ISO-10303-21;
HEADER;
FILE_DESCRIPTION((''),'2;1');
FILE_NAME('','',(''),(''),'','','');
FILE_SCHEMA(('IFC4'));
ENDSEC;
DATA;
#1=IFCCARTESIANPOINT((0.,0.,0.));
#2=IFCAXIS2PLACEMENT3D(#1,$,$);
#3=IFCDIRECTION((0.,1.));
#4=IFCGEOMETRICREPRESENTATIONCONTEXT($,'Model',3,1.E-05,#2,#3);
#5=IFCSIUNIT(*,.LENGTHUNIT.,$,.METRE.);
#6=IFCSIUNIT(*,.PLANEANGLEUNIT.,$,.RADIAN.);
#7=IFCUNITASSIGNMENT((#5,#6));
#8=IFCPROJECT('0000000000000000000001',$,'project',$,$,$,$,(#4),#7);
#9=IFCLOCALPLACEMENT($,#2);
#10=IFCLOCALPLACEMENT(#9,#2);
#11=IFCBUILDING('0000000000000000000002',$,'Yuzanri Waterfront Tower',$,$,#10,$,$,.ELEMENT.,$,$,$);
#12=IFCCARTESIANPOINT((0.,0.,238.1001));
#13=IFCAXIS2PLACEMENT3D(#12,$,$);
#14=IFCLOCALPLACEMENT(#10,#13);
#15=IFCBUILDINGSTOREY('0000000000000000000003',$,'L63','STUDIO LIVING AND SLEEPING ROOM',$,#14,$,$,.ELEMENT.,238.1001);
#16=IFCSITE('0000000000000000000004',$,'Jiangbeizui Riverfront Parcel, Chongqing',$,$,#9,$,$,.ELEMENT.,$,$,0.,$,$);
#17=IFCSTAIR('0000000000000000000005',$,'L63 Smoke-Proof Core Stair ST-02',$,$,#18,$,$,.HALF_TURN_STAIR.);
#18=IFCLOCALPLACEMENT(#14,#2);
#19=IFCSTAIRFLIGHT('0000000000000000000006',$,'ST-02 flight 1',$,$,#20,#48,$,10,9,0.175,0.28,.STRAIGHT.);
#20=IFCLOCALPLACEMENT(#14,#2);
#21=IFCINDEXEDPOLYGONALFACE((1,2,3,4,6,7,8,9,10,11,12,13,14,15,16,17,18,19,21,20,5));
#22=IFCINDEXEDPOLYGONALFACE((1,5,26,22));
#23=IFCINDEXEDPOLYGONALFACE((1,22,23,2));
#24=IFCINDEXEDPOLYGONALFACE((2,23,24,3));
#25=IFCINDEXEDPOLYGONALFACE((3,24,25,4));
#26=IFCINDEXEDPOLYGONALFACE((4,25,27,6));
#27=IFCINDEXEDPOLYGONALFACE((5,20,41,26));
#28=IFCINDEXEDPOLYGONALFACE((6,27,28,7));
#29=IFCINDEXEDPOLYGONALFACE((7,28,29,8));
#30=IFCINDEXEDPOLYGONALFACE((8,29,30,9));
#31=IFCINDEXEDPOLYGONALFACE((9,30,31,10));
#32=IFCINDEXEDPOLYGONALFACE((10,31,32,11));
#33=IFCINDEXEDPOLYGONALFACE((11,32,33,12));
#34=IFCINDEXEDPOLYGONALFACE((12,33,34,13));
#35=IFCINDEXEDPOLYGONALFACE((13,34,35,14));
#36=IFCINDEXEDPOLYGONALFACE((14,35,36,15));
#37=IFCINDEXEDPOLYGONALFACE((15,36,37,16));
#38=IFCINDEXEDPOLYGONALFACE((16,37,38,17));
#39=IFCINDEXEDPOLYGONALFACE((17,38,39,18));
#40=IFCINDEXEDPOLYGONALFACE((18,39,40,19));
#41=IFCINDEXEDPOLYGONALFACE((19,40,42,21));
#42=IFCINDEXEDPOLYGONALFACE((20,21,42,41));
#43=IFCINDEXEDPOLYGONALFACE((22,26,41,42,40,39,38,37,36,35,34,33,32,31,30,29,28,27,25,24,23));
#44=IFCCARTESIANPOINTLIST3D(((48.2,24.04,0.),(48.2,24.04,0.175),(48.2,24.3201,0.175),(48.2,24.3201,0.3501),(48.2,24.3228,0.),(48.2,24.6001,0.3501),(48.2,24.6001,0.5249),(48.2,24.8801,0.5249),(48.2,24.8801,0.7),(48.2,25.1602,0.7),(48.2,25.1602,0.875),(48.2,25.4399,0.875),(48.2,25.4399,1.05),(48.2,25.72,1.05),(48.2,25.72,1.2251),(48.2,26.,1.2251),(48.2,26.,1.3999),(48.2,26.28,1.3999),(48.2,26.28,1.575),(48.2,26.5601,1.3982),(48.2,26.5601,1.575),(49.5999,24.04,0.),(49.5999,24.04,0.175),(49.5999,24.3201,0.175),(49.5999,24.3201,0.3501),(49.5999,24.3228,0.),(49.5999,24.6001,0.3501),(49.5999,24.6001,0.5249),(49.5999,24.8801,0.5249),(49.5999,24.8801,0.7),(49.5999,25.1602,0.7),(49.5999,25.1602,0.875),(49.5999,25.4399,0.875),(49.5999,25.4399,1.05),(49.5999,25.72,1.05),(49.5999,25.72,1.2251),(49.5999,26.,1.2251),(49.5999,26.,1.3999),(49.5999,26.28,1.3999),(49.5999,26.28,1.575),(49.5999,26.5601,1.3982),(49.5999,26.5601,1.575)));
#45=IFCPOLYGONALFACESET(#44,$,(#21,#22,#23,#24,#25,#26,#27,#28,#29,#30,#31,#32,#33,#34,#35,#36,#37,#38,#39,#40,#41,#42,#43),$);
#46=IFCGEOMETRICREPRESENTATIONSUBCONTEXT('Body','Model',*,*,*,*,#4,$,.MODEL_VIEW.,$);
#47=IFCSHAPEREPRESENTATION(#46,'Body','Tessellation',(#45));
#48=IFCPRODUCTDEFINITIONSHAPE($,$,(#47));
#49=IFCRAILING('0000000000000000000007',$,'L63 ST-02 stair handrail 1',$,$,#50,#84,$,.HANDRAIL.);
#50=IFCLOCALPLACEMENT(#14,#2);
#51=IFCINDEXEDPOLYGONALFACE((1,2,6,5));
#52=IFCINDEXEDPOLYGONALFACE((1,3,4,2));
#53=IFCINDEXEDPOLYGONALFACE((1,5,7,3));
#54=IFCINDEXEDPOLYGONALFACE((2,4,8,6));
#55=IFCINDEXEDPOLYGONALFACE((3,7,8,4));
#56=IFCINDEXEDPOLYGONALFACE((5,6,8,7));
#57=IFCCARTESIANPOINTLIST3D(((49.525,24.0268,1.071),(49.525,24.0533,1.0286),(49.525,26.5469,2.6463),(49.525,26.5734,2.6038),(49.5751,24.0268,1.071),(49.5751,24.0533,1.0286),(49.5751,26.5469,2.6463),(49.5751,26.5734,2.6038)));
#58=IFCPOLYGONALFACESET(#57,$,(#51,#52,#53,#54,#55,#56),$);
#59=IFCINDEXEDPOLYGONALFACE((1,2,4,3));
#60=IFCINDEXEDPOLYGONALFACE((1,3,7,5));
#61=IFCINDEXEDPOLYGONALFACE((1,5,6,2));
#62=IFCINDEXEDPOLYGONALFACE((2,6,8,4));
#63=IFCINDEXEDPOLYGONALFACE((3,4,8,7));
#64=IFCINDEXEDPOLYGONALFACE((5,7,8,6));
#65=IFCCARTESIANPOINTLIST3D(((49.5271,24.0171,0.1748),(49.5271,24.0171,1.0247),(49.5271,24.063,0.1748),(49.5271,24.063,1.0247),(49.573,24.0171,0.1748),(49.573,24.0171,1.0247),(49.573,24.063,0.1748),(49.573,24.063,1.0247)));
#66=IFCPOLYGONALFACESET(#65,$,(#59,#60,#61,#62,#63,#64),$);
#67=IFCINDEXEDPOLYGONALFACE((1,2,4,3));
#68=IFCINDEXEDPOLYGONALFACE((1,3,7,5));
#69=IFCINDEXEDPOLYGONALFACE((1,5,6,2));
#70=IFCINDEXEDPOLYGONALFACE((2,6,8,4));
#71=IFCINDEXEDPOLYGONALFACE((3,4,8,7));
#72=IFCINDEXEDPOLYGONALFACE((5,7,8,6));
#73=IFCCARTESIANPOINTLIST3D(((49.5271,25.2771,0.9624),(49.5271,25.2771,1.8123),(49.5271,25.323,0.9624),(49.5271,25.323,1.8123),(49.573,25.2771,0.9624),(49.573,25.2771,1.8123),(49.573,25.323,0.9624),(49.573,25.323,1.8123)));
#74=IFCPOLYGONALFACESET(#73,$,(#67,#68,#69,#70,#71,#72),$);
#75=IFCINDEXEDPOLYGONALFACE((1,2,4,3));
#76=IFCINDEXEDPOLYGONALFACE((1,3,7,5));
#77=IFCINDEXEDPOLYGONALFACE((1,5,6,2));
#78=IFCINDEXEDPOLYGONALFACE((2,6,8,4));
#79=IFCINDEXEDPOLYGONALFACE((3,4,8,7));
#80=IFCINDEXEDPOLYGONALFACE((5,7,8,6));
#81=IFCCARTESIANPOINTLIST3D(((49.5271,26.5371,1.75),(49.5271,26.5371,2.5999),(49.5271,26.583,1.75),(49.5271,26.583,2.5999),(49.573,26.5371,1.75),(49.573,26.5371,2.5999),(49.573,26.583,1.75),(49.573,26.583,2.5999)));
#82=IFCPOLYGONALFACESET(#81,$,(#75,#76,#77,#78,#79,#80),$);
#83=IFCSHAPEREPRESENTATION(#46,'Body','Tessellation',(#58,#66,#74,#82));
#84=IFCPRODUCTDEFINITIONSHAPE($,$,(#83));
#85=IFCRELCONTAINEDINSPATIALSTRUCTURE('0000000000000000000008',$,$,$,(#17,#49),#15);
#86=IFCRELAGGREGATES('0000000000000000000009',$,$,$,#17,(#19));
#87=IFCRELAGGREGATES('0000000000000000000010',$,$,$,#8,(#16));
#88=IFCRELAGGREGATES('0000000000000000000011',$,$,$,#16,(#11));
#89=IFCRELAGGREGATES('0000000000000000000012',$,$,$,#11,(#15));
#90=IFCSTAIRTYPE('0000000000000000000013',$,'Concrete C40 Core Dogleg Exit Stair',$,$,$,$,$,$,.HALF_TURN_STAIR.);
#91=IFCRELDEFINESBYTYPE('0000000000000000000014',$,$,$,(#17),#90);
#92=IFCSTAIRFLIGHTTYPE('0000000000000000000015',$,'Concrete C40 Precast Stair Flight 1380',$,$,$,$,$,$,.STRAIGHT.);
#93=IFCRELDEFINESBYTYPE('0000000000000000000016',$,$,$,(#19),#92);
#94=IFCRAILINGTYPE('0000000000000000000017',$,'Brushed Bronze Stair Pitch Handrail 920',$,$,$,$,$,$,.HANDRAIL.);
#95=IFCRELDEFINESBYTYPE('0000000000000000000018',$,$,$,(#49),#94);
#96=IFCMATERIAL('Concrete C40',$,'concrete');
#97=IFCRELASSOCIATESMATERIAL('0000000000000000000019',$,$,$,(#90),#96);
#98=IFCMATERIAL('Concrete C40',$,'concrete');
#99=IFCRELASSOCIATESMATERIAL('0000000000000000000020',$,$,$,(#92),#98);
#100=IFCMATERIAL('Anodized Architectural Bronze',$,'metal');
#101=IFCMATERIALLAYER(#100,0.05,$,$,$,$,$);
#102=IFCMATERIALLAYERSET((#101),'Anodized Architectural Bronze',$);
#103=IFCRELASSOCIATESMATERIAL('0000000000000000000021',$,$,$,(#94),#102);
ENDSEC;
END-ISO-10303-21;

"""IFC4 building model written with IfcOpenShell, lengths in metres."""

from ifc_helpers import new_model, si_unit, direction, frame, origin, origin_2d, place, context, subcontext, project, spatial, polyline, rectangle, outline, extrude, source, transform, mapped, material, layer, layer_set, type_object, element, aggregate, save


model = new_model("IFC4")

# Units and contexts
model_context = context("Model", 3, precision=1e-05, world=origin(), true_north=direction((0.0, 1.0)))
body_context = subcontext(model_context, "Body", "Model", "MODEL_VIEW")
ifc_project = project(units=[si_unit("LENGTHUNIT", "METRE"), si_unit("PLANEANGLEUNIT", "RADIAN")], contexts=[model_context])

# Site, building, storey
site_placement = place(None, origin())
site = spatial("IfcSite", under=ifc_project, at=site_placement, Name="Jiangbeizui Riverfront Parcel, Chongqing", CompositionType="ELEMENT", RefElevation=0.0)
building_placement = place(site_placement, origin())
building = spatial("IfcBuilding", under=site, at=building_placement, Name="Yuzanri Waterfront Tower", CompositionType="ELEMENT")
storey_placement = place(building_placement, frame((0.0, 0.0, 238.1001)))
storey = spatial("IfcBuildingStorey", under=building, at=storey_placement, Name="L63", Description="STUDIO LIVING AND SLEEPING ROOM", CompositionType="ELEMENT", Elevation=238.1001)

# Stair, stair flight
ifc_material_1 = material(Name="Concrete C40", Category="concrete")
stair_type = type_object("IfcStairType", Name="Concrete C40 Core Dogleg Exit Stair", PredefinedType="HALF_TURN_STAIR", material=ifc_material_1)
stair_placement = place(storey_placement, origin())
stair = element("IfcStair", 1, at=stair_placement, inside=storey, type_object=stair_type, Name="L63 Smoke-Proof Core Stair ST-02", PredefinedType="HALF_TURN_STAIR")
ifc_material_2 = material(Name="Concrete C40", Category="concrete")
stair_flight_type = type_object("IfcStairFlightType", Name="Concrete C40 Precast Stair Flight 1380", PredefinedType="STRAIGHT", material=ifc_material_2)
shared_shape_1 = source(origin(), body_context, "Body", "SweptSolid", [
    extrude(outline(polyline([(0.0, 0.0), (0.0, 0.175), (0.28, 0.175), (0.28, 0.3501), (0.5601, 0.3501), (0.5601, 0.5249), (0.8401, 0.5249), (0.8401, 0.7), (1.1201, 0.7), (1.1201, 0.875), (1.3999, 0.875), (1.3999, 1.05), (1.6799, 1.05), (1.6799, 1.2251), (1.96, 1.2251), (1.96, 1.3999), (2.24, 1.3999), (2.24, 1.575), (2.52, 1.575), (2.52, 1.75), (2.52, 1.3982), (0.2827, 0.0), (0.0, 0.0)])), frame((0.0, 0.7, 0.0), z_axis=(0.0, -1.0, 0.0), x_axis=(1.0, 0.0, 0.0)), (0.0, 0.0, 1.0), 1.3999),
])
stair_flight_placement = place(storey_placement, frame((48.8999, 24.04, 0.0), z_axis=(0.0, 0.0, 1.0), x_axis=(0.0, 1.0, 0.0)))
stair_flight = element("IfcStairFlight", 2, at=stair_flight_placement, type_object=stair_flight_type, Name="ST-02 flight 1", NumberOfRisers=10, NumberOfTreads=9, PredefinedType="STRAIGHT", RiserHeight=0.175, TreadLength=0.28, context=body_context, shape_type="MappedRepresentation", body=[
    mapped(shared_shape_1, transform((0.0, 0.0, 0.0), scale=1.0)),
])
aggregate(stair, [stair_flight])

# Railing
ifc_material_3 = material(Name="Anodized Architectural Bronze", Category="metal")
ifc_layer_1 = layer(ifc_material_3, 0.05)
ifc_layer_set_1 = layer_set([ifc_layer_1], Name="Anodized Architectural Bronze")
railing_type = type_object("IfcRailingType", Name="Brushed Bronze Stair Pitch Handrail 920", PredefinedType="HANDRAIL", material=ifc_layer_set_1)
shared_shape_2 = source(origin(), body_context, "Body", "SweptSolid", [
    extrude(rectangle(XDim=0.05, YDim=0.05, at=origin_2d()), frame((0.0, 0.0, 0.875), z_axis=(0.0, 0.847971, 0.530043), x_axis=(-1.0, 0.0, 0.0)), (0.0, 0.0, 1.0), 2.9719),
    extrude(rectangle(XDim=0.0459, YDim=0.0459, at=origin_2d()), origin(), (0.0, 0.0, 1.0), 0.8499),
    extrude(rectangle(XDim=0.0459, YDim=0.0459, at=origin_2d()), frame((0.0, 1.26, 0.7876)), (0.0, 0.0, 1.0), 0.8499),
    extrude(rectangle(XDim=0.0459, YDim=0.0459, at=origin_2d()), frame((0.0, 2.52, 1.5752)), (0.0, 0.0, 1.0), 0.8499),
])
railing_placement = place(storey_placement, frame((49.55, 24.04, 0.1748)))
element("IfcRailing", 3, at=railing_placement, inside=storey, type_object=railing_type, Name="L63 ST-02 stair handrail 1", PredefinedType="HANDRAIL", context=body_context, shape_type="MappedRepresentation", body=[
    mapped(shared_shape_2, transform((0.0, 0.0, 0.0), scale=1.0)),
])

save(model, "model.ifc")
